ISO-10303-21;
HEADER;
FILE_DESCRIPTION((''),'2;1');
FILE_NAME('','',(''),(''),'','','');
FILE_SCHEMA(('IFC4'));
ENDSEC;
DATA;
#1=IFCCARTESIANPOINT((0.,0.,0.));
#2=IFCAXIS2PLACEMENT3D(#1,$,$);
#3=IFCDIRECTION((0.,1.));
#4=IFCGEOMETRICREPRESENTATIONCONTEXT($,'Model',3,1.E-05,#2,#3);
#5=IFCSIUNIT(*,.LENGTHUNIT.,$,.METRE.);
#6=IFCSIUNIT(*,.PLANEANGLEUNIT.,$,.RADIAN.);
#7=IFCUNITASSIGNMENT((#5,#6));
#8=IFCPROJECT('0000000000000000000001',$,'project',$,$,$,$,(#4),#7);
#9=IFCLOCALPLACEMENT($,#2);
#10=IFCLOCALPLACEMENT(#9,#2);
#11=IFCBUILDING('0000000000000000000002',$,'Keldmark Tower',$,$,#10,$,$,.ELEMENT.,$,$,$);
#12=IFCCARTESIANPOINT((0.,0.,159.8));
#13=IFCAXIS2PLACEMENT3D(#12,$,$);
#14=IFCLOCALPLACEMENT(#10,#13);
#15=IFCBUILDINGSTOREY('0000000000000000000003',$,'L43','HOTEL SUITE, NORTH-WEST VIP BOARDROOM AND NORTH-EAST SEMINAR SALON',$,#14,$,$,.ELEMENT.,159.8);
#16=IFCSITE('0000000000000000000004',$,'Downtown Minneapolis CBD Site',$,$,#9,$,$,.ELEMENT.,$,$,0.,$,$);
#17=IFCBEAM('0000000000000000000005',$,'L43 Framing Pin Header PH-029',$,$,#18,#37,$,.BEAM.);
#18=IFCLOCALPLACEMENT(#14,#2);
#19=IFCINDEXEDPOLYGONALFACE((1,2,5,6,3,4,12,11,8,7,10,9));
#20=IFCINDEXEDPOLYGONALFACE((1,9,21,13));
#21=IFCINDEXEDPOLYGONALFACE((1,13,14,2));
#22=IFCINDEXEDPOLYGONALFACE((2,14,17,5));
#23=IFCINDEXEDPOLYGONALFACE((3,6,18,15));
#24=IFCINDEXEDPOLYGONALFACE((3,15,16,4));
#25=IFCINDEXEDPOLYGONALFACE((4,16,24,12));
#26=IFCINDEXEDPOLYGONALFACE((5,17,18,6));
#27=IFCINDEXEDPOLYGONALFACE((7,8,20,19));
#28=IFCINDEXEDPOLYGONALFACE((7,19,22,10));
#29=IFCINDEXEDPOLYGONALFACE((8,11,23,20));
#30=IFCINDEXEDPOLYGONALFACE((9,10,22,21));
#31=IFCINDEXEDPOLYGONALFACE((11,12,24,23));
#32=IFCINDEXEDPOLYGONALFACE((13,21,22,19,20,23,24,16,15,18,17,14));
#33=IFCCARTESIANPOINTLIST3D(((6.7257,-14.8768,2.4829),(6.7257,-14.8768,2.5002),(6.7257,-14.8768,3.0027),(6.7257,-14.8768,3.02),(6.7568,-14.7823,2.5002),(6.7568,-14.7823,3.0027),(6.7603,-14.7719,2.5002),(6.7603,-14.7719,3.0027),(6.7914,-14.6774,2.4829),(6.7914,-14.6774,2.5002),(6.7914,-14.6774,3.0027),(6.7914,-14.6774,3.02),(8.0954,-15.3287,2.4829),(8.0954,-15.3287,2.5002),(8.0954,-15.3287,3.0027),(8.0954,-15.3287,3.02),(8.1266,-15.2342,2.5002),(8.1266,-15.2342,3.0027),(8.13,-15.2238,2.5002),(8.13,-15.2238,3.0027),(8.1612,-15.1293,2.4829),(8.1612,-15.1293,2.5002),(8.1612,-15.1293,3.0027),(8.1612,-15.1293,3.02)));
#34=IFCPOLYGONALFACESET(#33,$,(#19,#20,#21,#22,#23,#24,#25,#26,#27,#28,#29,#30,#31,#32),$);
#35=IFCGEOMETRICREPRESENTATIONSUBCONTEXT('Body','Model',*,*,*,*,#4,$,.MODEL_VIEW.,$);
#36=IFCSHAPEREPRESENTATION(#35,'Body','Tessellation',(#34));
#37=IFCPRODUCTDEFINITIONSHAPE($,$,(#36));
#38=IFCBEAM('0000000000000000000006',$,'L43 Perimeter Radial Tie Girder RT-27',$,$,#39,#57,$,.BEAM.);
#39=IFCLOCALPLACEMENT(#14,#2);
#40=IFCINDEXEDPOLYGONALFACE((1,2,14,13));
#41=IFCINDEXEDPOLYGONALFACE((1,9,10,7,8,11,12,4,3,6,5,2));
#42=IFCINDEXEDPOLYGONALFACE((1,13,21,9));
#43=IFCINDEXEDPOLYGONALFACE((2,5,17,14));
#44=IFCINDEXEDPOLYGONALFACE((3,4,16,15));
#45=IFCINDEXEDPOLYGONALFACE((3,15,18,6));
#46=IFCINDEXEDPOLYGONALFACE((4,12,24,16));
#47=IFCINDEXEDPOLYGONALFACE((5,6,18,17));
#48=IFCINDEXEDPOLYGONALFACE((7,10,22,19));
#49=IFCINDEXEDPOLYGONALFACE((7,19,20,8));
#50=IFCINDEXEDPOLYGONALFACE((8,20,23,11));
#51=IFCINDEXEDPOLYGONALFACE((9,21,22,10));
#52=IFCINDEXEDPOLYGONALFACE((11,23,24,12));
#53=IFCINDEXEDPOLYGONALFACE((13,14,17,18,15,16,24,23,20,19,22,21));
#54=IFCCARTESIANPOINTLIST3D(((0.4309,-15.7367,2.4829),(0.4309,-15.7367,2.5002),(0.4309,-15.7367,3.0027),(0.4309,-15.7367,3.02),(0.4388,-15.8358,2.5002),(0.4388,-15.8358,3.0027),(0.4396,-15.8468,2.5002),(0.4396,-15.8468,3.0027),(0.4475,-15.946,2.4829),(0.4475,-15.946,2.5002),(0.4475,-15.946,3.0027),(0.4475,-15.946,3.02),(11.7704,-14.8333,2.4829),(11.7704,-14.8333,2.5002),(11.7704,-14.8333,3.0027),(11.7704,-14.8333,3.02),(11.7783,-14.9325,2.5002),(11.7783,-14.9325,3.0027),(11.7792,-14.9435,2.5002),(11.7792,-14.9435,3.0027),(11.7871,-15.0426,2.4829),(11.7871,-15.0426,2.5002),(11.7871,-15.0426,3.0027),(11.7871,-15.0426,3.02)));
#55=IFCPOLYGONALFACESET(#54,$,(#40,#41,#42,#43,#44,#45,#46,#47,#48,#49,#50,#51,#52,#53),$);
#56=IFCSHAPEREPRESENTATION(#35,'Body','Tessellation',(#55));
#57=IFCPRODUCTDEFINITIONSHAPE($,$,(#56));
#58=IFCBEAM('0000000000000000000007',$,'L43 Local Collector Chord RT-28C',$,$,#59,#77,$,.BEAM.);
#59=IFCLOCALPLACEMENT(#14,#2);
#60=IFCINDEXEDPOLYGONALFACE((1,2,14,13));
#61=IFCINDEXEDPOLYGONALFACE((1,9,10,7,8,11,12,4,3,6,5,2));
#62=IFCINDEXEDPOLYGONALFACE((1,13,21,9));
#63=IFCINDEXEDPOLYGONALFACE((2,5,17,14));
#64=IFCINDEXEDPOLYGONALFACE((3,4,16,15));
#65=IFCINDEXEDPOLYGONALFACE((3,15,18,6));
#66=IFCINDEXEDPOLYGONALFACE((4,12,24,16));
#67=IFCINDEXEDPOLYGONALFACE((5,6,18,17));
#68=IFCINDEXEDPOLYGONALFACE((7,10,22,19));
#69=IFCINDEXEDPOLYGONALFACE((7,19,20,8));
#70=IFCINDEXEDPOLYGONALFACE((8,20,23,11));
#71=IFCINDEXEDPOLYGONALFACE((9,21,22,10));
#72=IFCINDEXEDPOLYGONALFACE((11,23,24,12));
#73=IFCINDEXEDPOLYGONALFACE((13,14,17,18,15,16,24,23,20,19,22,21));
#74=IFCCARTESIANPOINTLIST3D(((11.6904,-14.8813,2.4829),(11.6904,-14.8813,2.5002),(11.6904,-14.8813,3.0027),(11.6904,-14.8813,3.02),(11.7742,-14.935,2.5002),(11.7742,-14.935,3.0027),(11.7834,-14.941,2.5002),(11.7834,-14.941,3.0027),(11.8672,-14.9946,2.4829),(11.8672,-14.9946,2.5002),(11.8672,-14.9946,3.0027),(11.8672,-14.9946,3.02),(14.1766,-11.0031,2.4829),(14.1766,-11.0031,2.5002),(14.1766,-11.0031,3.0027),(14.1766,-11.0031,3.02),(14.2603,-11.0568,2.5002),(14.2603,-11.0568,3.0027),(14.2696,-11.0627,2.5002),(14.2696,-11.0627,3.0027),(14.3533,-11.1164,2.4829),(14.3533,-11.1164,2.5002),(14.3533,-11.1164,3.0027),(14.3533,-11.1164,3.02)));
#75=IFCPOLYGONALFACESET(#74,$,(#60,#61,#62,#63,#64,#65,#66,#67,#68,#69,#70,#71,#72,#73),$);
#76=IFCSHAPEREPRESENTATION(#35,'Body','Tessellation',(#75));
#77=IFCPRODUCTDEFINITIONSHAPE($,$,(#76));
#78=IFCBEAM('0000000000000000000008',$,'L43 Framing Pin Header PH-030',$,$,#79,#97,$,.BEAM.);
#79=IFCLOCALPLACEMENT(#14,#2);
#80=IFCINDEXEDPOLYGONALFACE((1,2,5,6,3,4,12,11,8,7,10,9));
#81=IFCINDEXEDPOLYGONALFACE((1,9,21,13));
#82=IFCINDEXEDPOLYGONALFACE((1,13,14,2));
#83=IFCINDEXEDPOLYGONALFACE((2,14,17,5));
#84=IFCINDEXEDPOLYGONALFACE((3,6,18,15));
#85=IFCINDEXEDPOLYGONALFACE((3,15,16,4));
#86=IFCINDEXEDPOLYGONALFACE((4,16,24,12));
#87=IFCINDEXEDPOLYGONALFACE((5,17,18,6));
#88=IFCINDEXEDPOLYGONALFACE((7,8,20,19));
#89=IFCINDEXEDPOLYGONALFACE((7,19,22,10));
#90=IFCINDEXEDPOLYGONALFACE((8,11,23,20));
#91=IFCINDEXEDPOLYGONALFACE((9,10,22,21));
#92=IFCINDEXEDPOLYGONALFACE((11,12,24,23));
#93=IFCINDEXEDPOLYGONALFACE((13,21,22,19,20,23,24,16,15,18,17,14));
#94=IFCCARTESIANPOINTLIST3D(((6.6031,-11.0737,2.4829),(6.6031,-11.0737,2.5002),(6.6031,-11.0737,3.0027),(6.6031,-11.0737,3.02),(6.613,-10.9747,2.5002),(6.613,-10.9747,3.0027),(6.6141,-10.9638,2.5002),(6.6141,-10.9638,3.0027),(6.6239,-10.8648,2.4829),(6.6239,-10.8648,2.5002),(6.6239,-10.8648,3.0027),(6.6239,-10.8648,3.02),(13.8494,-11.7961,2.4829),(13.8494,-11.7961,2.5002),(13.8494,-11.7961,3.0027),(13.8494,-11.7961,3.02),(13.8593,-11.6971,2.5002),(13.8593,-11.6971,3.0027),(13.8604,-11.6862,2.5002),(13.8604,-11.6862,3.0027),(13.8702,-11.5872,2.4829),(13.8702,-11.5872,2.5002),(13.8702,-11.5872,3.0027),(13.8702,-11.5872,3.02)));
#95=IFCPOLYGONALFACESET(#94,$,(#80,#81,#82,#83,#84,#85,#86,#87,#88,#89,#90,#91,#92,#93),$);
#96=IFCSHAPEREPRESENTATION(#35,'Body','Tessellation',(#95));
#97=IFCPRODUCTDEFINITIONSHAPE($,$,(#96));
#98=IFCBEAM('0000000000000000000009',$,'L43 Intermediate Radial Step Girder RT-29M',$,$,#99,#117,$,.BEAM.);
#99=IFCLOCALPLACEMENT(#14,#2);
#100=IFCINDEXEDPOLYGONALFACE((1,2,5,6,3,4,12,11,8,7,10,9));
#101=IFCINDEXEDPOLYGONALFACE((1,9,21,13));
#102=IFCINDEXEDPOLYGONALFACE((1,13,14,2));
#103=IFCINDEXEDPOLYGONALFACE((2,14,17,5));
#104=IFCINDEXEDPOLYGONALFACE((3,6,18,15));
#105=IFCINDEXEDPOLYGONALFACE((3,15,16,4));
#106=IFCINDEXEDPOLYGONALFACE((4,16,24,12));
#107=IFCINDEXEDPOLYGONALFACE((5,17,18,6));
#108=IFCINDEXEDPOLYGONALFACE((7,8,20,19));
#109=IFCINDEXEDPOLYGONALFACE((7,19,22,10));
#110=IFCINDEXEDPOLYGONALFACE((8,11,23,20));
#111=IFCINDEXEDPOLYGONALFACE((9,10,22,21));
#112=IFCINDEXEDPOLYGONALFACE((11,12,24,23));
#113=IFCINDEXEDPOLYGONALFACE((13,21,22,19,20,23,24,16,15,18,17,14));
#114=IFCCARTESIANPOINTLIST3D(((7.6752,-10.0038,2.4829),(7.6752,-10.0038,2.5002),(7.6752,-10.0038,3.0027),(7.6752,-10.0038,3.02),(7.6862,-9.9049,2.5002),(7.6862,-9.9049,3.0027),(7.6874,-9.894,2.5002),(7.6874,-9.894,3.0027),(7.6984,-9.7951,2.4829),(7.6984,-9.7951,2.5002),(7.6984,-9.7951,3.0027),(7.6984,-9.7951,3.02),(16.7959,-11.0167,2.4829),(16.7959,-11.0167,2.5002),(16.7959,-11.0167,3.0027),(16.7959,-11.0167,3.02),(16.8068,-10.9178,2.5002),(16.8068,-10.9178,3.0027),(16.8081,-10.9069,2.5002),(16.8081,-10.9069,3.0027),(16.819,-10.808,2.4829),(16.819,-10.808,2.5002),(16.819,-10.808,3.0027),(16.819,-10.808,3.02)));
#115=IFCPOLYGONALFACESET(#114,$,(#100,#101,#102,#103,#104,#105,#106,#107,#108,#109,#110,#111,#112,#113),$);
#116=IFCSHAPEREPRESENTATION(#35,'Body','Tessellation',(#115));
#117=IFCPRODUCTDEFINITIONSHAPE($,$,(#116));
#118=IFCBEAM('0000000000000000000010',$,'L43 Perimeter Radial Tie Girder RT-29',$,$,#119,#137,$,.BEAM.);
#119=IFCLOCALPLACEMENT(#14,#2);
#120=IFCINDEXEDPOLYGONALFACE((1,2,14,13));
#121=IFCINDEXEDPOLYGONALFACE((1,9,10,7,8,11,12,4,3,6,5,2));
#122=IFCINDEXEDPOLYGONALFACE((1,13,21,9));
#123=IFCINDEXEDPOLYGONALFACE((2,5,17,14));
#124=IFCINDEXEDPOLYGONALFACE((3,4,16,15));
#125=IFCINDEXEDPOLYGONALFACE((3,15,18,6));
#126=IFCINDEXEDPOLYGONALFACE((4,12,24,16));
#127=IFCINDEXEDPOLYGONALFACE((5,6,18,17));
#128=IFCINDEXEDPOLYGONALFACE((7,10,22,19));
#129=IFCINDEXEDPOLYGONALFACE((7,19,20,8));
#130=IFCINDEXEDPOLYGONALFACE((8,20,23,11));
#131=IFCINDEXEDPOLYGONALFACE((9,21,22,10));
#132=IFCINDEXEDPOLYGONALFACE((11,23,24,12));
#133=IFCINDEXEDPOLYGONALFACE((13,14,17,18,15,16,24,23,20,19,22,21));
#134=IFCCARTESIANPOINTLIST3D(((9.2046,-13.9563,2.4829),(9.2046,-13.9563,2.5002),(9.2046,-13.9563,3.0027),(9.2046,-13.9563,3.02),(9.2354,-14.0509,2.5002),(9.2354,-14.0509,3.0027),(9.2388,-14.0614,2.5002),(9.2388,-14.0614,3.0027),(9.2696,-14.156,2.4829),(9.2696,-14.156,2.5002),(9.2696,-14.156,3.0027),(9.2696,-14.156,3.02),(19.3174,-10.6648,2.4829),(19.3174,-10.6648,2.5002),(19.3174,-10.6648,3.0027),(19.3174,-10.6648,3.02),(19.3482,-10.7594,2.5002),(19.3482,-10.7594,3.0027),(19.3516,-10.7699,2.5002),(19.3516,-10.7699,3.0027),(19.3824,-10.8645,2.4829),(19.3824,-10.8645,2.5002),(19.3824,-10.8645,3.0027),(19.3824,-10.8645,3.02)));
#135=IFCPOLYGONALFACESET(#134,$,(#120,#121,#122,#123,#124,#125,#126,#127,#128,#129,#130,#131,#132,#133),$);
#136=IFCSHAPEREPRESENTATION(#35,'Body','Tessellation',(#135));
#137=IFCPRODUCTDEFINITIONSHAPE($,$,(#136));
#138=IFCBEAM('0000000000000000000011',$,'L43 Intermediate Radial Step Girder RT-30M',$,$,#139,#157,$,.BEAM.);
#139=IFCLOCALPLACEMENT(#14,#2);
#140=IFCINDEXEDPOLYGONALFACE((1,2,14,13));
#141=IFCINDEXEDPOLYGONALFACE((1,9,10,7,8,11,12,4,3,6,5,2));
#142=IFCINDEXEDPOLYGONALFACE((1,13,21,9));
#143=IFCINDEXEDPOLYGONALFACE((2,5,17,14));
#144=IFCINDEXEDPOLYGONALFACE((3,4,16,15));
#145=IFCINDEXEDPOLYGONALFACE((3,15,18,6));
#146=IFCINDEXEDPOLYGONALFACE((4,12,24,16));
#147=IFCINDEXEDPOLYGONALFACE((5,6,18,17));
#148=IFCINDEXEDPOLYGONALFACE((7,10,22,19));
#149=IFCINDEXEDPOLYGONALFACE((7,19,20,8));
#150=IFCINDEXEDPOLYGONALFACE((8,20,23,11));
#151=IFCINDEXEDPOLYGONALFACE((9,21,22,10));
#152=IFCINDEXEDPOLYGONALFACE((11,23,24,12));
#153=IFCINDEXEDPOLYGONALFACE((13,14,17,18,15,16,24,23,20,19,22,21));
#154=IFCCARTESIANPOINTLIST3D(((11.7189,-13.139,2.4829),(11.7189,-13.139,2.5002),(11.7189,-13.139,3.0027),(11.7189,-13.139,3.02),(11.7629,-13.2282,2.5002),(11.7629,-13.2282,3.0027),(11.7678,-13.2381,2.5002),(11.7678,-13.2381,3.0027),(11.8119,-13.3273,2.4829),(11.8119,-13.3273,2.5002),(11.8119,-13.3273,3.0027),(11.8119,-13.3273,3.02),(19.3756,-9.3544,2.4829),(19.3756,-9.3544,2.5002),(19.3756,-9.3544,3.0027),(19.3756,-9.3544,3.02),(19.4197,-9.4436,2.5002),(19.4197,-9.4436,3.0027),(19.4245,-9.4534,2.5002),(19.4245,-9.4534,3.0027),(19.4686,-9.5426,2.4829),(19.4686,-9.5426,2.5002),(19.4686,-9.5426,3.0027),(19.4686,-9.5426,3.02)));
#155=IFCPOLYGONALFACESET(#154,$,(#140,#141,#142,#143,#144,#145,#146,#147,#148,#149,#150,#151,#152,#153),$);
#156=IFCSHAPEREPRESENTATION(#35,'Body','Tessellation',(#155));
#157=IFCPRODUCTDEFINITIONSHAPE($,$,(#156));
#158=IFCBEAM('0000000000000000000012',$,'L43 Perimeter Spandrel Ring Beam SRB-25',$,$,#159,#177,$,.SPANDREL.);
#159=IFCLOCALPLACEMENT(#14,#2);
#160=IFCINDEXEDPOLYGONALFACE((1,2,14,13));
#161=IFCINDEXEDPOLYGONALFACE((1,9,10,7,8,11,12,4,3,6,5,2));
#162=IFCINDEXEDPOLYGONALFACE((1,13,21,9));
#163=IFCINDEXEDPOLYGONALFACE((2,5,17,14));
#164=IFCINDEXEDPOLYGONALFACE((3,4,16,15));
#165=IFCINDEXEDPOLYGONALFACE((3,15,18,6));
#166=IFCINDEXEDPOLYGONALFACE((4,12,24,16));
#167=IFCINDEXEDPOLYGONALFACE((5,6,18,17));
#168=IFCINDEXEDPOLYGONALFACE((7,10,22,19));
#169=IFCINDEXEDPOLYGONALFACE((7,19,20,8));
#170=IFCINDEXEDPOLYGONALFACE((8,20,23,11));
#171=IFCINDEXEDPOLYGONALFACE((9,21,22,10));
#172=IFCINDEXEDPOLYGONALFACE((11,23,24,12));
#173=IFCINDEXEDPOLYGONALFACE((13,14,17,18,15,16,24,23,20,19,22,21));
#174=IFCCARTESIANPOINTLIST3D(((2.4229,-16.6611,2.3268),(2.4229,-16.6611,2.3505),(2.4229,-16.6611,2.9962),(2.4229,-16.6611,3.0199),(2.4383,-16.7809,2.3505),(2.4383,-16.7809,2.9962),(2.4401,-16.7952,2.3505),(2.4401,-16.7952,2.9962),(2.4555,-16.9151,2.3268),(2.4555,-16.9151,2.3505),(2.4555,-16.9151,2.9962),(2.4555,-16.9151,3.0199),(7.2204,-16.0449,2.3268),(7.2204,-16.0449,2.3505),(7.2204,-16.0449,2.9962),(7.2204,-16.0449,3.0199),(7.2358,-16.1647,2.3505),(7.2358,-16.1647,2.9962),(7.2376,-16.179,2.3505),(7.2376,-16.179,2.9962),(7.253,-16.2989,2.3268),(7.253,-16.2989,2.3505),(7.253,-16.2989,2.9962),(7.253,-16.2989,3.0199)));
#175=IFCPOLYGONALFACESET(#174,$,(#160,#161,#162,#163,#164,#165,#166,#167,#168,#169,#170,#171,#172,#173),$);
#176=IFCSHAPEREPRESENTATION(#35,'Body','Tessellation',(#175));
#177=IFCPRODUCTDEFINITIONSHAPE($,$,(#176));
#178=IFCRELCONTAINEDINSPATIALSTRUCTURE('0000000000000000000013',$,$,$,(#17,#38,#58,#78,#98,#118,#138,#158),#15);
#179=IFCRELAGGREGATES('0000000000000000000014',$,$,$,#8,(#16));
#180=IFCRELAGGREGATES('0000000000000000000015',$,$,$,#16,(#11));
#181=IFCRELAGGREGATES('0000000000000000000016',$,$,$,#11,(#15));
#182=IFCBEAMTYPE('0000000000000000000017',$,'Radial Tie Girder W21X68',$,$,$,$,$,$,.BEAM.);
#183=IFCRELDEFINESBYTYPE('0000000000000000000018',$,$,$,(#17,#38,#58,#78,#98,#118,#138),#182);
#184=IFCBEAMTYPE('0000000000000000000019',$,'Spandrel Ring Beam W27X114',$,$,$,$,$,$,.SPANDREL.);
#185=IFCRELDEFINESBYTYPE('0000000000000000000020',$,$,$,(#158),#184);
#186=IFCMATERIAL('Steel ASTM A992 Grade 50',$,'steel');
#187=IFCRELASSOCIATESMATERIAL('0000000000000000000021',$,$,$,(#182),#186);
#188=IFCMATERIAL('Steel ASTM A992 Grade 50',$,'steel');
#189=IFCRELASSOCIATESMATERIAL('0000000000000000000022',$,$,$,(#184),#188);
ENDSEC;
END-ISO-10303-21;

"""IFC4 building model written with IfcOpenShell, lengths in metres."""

from ifc_helpers import new_model, si_unit, direction, frame, origin, origin_2d, place, context, subcontext, project, spatial, i_section, extrude, material, material_profile, profile_set, type_object, element, save


model = new_model("IFC4")

# Units and contexts
model_context = context("Model", 3, precision=1e-05, world=origin(), true_north=direction((0.0, 1.0)))
body_context = subcontext(model_context, "Body", "Model", "MODEL_VIEW")
ifc_project = project(units=[si_unit("LENGTHUNIT", "METRE"), si_unit("PLANEANGLEUNIT", "RADIAN")], contexts=[model_context])

# Site, building, storey
site_placement = place(None, origin())
site = spatial("IfcSite", under=ifc_project, at=site_placement, Name="Downtown Minneapolis CBD Site", CompositionType="ELEMENT", RefElevation=0.0)
building_placement = place(site_placement, origin())
building = spatial("IfcBuilding", under=site, at=building_placement, Name="Keldmark Tower", CompositionType="ELEMENT")
storey_placement = place(building_placement, frame((0.0, 0.0, 159.8)))
storey = spatial("IfcBuildingStorey", under=building, at=storey_placement, Name="L43", Description="HOTEL SUITE, NORTH-WEST VIP BOARDROOM AND NORTH-EAST SEMINAR SALON", CompositionType="ELEMENT", Elevation=159.8)

# Beams
ifc_material_1 = material(Name="Steel ASTM A992 Grade 50", Category="steel")
ifc_material_profile_1 = material_profile(ifc_material_1, i_section(OverallWidth=0.21, OverallDepth=0.5371, WebThickness=0.011, FlangeThickness=0.0173, at=origin_2d()), Name="W21X68")
ifc_profile_set_1 = profile_set([ifc_material_profile_1], Name="Steel ASTM A992 Grade 50")
beam_type_1 = type_object("IfcBeamType", Name="Radial Tie Girder W21X68", PredefinedType="BEAM", material=ifc_profile_set_1)
beam_1_placement = place(storey_placement, frame((6.7585, -14.7771, 2.7515), z_axis=(0.94966, -0.313281, 0.0), x_axis=(0.313281, 0.94966, 0.0)))
element("IfcBeam", 1, at=beam_1_placement, inside=storey, type_object=beam_type_1, Name="L43 Framing Pin Header PH-029", PredefinedType="BEAM", context=body_context, shape_type="SweptSolid", body=[
    extrude(i_section(OverallWidth=0.21, OverallDepth=0.5371, WebThickness=0.011, FlangeThickness=0.0173, at=origin_2d()), origin(), (0.0, 0.0, 1.0), 1.4424),
])
beam_2_placement = place(storey_placement, frame((0.4392, -15.8413, 2.7515), z_axis=(0.996842, 0.079409, 0.0), x_axis=(-0.079409, 0.996842, 0.0)))
element("IfcBeam", 2, at=beam_2_placement, inside=storey, type_object=beam_type_1, Name="L43 Perimeter Radial Tie Girder RT-27", PredefinedType="BEAM", context=body_context, shape_type="SweptSolid", body=[
    extrude(i_section(OverallWidth=0.21, OverallDepth=0.5371, WebThickness=0.011, FlangeThickness=0.0173, at=origin_2d()), origin(), (0.0, 0.0, 1.0), 11.3755),
])
beam_3_placement = place(storey_placement, frame((11.7788, -14.938, 2.7515), z_axis=(0.539678, 0.841872, 0.0), x_axis=(-0.841872, 0.539678, 0.0)))
element("IfcBeam", 3, at=beam_3_placement, inside=storey, type_object=beam_type_1, Name="L43 Local Collector Chord RT-28C", PredefinedType="BEAM", context=body_context, shape_type="SweptSolid", body=[
    extrude(i_section(OverallWidth=0.21, OverallDepth=0.5371, WebThickness=0.011, FlangeThickness=0.0173, at=origin_2d()), origin(), (0.0, 0.0, 1.0), 4.6067),
])
beam_4_placement = place(storey_placement, frame((6.6135, -10.9692, 2.7515), z_axis=(0.995067, -0.099202, 0.0), x_axis=(0.099202, 0.995067, 0.0)))
element("IfcBeam", 4, at=beam_4_placement, inside=storey, type_object=beam_type_1, Name="L43 Framing Pin Header PH-030", PredefinedType="BEAM", context=body_context, shape_type="SweptSolid", body=[
    extrude(i_section(OverallWidth=0.21, OverallDepth=0.5371, WebThickness=0.011, FlangeThickness=0.0173, at=origin_2d()), origin(), (0.0, 0.0, 1.0), 7.2822),
])
beam_5_placement = place(storey_placement, frame((7.6868, -9.8994, 2.7515), z_axis=(0.993889, -0.110382, 0.0), x_axis=(0.110382, 0.993889, 0.0)))
element("IfcBeam", 5, at=beam_5_placement, inside=storey, type_object=beam_type_1, Name="L43 Intermediate Radial Step Girder RT-29M", PredefinedType="BEAM", context=body_context, shape_type="SweptSolid", body=[
    extrude(i_section(OverallWidth=0.21, OverallDepth=0.5371, WebThickness=0.011, FlangeThickness=0.0173, at=origin_2d()), origin(), (0.0, 0.0, 1.0), 9.1768),
])
beam_6_placement = place(storey_placement, frame((9.2371, -14.0562, 2.7515), z_axis=(0.9509, 0.309498, 0.0), x_axis=(-0.309498, 0.9509, 0.0)))
element("IfcBeam", 6, at=beam_6_placement, inside=storey, type_object=beam_type_1, Name="L43 Perimeter Radial Tie Girder RT-29", PredefinedType="BEAM", context=body_context, shape_type="SweptSolid", body=[
    extrude(i_section(OverallWidth=0.21, OverallDepth=0.5371, WebThickness=0.011, FlangeThickness=0.0173, at=origin_2d()), origin(), (0.0, 0.0, 1.0), 10.635),
])
beam_7_placement = place(storey_placement, frame((11.7654, -13.2332, 2.7515), z_axis=(0.896464, 0.443116, 0.0), x_axis=(-0.443116, 0.896464, 0.0)))
element("IfcBeam", 7, at=beam_7_placement, inside=storey, type_object=beam_type_1, Name="L43 Intermediate Radial Step Girder RT-30M", PredefinedType="BEAM", context=body_context, shape_type="SweptSolid", body=[
    extrude(i_section(OverallWidth=0.21, OverallDepth=0.5371, WebThickness=0.011, FlangeThickness=0.0173, at=origin_2d()), origin(), (0.0, 0.0, 1.0), 8.541),
])
ifc_material_2 = material(Name="Steel ASTM A992 Grade 50", Category="steel")
ifc_material_profile_2 = material_profile(ifc_material_2, i_section(OverallWidth=0.2561, OverallDepth=0.6931, WebThickness=0.0144, FlangeThickness=0.0237, at=origin_2d()), Name="W27X114")
ifc_profile_set_2 = profile_set([ifc_material_profile_2], Name="Steel ASTM A992 Grade 50")
beam_type_2 = type_object("IfcBeamType", Name="Spandrel Ring Beam W27X114", PredefinedType="SPANDREL", material=ifc_profile_set_2)
beam_8_placement = place(storey_placement, frame((2.4392, -16.7881, 2.6733), z_axis=(0.991852, 0.127395, 0.0), x_axis=(-0.127395, 0.991852, 0.0)))
element("IfcBeam", 8, at=beam_8_placement, inside=storey, type_object=beam_type_2, Name="L43 Perimeter Spandrel Ring Beam SRB-25", PredefinedType="SPANDREL", context=body_context, shape_type="SweptSolid", body=[
    extrude(i_section(OverallWidth=0.2561, OverallDepth=0.6931, WebThickness=0.0144, FlangeThickness=0.0237, at=origin_2d()), origin(), (0.0, 0.0, 1.0), 4.8369),
])

save(model, "model.ifc")
